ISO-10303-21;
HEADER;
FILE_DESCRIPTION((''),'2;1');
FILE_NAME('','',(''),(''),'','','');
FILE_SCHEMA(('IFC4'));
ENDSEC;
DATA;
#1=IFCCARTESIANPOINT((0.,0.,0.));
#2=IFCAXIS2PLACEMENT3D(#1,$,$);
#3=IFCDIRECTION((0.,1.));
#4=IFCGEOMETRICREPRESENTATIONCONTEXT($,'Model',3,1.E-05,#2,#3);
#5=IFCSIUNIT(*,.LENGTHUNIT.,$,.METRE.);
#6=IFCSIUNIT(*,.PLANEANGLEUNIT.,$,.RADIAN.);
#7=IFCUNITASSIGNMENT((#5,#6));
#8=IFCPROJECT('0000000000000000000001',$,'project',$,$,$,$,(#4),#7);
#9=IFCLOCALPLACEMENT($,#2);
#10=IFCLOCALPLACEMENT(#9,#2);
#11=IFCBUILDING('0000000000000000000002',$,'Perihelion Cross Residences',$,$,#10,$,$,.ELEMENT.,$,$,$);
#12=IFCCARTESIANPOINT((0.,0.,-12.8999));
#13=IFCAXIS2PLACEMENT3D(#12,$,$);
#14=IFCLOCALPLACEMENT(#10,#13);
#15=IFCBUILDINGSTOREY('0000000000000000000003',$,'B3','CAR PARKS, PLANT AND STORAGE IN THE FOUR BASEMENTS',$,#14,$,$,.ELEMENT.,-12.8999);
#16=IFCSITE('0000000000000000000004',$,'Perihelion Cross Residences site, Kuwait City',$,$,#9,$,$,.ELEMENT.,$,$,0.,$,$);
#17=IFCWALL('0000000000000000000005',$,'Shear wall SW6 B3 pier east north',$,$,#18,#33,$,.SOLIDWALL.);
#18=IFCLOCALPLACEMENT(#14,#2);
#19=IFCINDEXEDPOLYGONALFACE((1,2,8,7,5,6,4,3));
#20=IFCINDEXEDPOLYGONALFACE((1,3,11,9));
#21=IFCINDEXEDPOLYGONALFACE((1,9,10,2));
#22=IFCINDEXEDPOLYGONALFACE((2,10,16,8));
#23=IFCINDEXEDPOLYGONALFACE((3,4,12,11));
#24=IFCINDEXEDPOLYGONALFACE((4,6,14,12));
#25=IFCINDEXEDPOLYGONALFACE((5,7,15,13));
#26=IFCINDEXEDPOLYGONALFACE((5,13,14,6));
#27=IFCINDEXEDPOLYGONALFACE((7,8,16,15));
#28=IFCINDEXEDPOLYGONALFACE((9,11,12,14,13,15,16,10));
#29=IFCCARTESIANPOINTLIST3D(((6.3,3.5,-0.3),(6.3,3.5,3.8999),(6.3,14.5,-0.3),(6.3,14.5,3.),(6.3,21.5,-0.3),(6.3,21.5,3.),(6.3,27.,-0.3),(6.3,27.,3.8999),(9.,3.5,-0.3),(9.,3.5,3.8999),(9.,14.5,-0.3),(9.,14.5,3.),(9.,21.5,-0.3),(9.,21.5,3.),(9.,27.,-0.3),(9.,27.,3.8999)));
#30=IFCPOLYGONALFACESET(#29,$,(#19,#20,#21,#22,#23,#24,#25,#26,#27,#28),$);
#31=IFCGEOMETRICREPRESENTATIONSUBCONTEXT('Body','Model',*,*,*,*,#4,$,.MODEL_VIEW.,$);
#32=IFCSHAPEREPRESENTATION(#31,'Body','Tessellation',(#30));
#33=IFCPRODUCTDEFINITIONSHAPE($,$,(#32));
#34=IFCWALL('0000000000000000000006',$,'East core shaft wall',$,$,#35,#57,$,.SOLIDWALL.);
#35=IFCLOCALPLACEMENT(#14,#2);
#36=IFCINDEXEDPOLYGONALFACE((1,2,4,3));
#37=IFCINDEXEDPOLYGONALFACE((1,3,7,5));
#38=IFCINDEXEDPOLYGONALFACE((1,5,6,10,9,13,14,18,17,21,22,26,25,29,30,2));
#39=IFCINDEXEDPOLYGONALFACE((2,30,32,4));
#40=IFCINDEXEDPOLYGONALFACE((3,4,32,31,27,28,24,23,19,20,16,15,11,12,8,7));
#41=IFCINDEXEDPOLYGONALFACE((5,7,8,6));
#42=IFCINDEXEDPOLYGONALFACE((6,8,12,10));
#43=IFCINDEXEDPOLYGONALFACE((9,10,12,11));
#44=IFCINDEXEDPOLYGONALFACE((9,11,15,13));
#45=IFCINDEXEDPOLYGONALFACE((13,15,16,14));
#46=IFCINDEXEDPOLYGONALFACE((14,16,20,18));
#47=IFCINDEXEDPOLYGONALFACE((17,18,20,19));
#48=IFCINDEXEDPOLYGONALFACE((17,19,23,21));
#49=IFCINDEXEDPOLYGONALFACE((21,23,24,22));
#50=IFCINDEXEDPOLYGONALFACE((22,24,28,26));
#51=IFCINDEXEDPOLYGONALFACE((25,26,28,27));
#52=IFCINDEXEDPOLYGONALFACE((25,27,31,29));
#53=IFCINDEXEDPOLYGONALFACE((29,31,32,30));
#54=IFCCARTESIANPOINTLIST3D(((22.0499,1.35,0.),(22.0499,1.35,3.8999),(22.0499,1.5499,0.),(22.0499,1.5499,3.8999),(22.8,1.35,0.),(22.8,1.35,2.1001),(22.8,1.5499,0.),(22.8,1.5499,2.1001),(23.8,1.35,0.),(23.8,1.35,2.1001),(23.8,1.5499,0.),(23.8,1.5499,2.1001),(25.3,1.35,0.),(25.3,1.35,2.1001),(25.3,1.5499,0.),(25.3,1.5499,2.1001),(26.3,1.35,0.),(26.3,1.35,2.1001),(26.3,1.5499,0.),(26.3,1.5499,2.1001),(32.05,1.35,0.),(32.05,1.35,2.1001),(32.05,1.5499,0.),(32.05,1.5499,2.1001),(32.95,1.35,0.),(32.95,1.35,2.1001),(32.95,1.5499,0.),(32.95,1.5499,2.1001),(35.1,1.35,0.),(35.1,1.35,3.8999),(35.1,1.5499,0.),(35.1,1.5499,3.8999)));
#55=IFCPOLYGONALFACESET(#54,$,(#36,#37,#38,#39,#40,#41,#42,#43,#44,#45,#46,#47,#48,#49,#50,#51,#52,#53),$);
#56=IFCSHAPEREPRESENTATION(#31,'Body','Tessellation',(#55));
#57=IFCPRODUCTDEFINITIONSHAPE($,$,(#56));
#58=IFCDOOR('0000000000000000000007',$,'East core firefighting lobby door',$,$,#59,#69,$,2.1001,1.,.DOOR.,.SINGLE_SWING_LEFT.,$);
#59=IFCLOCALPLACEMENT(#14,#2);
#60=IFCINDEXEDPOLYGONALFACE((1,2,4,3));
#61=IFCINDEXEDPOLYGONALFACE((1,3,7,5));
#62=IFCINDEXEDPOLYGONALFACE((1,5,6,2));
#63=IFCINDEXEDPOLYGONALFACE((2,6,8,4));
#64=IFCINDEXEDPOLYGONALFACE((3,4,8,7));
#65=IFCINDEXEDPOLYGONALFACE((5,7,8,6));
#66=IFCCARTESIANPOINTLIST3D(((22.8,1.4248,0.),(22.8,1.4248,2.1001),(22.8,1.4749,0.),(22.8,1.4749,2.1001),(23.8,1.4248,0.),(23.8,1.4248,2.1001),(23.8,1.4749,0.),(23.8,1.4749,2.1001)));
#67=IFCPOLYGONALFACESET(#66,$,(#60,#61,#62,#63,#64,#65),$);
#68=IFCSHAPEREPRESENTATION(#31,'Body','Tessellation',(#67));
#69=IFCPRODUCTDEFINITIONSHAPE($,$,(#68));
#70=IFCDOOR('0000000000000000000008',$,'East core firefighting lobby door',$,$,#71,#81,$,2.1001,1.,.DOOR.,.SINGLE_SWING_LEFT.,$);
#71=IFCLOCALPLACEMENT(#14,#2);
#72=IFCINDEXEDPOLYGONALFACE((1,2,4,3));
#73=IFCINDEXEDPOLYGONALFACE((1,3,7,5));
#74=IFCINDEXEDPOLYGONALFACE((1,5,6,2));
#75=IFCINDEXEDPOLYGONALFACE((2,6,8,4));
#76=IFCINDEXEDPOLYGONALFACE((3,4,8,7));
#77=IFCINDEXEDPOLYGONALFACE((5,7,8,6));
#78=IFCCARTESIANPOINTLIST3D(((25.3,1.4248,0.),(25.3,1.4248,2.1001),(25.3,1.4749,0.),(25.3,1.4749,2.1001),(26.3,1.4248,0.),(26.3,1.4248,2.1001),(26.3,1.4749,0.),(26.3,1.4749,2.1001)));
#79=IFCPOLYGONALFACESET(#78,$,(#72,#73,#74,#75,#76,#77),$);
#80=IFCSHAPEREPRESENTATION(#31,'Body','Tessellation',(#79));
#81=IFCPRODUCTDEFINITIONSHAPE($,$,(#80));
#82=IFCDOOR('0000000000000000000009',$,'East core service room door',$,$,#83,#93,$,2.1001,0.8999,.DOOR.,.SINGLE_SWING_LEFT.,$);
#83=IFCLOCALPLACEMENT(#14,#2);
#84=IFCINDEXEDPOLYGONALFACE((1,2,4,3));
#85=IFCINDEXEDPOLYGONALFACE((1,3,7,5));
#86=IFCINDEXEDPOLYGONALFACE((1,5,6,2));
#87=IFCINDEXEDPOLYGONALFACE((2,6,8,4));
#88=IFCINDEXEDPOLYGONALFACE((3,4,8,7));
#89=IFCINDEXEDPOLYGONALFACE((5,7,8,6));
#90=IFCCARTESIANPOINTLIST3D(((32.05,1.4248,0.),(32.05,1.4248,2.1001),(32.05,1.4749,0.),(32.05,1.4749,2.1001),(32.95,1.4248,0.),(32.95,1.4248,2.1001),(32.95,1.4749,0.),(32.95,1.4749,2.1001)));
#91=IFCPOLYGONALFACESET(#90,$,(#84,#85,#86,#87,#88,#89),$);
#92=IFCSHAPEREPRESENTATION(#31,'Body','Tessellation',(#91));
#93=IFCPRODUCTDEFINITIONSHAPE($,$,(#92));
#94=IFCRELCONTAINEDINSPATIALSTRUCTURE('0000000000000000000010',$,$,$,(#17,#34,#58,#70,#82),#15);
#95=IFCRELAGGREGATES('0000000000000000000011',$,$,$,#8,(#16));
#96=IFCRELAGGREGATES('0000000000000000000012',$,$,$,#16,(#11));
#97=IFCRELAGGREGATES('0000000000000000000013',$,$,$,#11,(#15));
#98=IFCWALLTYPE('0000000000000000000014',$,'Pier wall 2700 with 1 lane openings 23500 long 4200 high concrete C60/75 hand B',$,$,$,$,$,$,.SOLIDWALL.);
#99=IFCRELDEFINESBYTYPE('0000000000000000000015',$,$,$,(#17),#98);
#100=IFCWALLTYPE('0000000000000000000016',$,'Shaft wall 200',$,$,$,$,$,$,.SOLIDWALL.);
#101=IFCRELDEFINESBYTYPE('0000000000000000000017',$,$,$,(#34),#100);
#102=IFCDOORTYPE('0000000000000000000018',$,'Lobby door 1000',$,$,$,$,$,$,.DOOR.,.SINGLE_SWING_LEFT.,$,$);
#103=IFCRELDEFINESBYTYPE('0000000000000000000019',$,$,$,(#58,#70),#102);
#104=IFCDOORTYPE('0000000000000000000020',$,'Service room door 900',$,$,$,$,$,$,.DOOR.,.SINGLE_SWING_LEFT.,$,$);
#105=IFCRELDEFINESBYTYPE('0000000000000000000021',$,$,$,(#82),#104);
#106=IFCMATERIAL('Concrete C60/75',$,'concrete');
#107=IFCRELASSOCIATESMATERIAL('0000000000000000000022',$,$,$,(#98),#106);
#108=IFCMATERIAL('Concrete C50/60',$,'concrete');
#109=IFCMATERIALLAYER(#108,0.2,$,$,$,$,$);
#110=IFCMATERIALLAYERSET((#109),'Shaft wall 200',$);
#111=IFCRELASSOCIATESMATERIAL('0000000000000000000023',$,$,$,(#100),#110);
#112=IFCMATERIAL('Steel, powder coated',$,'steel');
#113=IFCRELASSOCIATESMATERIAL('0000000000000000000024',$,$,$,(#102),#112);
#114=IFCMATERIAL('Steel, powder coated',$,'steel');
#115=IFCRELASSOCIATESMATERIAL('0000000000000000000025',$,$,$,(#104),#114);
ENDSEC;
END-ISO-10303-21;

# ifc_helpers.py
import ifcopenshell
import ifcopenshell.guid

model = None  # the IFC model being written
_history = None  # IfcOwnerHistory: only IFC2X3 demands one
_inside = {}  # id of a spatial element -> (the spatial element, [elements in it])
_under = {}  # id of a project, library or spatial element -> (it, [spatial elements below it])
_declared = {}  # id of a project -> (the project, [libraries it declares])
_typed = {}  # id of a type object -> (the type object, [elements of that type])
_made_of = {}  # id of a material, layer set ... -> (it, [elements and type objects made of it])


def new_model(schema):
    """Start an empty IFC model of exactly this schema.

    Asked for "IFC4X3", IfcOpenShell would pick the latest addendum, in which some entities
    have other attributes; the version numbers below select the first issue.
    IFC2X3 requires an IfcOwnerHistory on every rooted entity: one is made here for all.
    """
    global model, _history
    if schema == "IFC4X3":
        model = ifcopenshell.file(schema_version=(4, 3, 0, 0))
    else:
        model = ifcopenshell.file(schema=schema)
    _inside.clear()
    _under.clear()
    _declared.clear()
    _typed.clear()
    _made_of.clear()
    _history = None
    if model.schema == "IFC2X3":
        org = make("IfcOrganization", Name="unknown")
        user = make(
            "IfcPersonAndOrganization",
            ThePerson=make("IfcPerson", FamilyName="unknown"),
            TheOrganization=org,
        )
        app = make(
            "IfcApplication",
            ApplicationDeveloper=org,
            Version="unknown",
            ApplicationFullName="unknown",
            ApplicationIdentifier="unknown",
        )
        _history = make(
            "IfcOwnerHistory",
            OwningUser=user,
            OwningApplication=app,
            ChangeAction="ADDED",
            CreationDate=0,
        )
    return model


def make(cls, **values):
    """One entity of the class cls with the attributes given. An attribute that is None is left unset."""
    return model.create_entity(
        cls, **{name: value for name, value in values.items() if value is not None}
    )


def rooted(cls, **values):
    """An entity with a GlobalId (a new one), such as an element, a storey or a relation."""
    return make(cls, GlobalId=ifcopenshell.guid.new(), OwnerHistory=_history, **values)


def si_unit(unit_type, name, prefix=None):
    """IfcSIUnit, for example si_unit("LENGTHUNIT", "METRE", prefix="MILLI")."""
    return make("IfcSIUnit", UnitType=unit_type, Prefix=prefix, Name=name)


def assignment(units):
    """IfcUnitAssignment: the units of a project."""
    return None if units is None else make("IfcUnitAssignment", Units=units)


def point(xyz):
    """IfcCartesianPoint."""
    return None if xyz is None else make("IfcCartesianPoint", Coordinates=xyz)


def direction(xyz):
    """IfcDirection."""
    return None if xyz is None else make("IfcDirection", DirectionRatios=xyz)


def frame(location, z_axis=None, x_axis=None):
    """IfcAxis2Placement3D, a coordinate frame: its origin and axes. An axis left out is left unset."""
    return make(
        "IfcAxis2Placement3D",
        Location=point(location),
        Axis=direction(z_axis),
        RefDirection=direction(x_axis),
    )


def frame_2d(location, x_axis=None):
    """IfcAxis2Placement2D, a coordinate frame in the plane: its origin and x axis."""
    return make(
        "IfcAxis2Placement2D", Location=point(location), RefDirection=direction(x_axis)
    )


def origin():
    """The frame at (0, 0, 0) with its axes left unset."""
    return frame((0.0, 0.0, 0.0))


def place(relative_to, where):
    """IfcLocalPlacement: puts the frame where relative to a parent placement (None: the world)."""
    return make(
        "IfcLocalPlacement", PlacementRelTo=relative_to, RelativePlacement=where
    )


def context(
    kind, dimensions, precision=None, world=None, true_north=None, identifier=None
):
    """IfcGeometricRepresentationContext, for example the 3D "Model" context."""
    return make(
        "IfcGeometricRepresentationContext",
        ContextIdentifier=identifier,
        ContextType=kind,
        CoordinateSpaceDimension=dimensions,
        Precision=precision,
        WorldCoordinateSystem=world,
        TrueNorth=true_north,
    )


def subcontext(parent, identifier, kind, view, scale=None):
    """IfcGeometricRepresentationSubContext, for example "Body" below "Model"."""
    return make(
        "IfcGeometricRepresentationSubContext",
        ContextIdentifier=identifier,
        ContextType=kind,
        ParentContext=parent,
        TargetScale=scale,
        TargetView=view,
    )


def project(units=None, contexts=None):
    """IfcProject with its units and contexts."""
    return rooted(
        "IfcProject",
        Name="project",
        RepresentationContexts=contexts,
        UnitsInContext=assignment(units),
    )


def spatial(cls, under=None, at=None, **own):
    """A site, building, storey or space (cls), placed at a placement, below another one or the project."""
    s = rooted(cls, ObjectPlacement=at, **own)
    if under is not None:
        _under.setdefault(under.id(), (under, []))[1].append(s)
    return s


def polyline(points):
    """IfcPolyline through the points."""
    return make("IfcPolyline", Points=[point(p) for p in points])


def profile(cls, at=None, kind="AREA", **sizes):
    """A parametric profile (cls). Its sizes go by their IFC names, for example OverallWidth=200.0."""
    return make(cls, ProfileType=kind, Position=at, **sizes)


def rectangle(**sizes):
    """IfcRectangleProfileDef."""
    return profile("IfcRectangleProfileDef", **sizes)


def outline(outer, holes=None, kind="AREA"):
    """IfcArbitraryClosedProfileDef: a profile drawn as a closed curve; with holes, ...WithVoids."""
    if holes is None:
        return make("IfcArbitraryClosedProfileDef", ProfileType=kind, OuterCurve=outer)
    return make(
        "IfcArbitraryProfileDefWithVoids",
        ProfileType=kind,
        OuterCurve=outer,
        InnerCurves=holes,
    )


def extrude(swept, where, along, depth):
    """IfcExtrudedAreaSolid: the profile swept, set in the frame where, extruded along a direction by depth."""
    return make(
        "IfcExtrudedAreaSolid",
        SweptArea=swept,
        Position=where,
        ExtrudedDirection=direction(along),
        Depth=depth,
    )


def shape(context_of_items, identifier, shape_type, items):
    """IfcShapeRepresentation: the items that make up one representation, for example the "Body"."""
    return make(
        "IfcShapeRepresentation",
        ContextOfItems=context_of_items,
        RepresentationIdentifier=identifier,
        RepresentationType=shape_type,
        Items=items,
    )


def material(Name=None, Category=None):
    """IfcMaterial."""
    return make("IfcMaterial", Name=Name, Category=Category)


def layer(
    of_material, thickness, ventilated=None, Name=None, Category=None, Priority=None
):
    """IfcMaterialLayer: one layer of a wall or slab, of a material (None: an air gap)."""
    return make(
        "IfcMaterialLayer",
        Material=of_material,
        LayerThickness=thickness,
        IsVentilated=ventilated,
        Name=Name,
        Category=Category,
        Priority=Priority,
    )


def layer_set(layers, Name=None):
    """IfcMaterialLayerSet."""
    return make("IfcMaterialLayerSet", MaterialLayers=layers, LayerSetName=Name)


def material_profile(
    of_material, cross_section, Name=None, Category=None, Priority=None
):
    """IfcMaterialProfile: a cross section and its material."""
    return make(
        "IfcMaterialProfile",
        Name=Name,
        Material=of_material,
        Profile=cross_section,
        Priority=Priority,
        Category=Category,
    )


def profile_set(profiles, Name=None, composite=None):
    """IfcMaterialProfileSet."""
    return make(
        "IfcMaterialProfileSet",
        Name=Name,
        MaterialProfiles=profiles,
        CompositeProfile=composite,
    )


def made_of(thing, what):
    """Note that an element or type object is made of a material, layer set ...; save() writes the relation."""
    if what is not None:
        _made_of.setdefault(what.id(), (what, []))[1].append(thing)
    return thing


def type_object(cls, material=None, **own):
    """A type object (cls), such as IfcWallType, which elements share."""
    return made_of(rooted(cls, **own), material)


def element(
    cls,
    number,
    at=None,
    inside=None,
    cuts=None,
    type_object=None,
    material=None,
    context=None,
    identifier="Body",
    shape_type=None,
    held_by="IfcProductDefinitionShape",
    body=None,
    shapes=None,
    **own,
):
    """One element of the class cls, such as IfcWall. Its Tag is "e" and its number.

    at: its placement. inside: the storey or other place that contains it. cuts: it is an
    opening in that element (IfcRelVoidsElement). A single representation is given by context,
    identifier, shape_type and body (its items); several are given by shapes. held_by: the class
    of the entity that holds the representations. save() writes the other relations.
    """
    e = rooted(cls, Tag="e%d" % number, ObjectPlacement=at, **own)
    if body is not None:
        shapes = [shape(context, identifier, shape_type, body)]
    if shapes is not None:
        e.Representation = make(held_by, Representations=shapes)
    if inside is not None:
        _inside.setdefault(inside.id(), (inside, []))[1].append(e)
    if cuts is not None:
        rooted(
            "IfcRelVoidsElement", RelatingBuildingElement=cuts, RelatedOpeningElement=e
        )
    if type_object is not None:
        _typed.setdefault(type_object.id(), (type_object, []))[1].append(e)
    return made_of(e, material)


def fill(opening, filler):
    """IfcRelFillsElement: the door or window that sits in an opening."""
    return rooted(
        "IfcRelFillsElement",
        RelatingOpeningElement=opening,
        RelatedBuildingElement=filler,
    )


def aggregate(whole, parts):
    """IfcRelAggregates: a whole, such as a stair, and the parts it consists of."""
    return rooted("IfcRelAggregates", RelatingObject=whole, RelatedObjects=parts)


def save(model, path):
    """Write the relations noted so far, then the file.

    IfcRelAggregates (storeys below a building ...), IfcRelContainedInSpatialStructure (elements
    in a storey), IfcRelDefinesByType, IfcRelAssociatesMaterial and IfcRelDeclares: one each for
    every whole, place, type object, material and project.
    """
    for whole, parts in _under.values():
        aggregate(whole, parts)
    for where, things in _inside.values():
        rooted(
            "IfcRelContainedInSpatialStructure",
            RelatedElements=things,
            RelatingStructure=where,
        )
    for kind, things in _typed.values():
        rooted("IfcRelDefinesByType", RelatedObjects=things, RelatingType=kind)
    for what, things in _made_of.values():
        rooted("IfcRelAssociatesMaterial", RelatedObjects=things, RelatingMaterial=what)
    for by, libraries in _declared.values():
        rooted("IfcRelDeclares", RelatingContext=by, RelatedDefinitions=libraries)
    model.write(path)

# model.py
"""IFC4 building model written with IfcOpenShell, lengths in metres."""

from ifc_helpers import new_model, si_unit, direction, frame, frame_2d, origin, place, context, subcontext, project, spatial, polyline, rectangle, outline, extrude, material, layer, layer_set, material_profile, profile_set, type_object, element, fill, save


model = new_model("IFC4")

# Units and contexts
model_context = context("Model", 3, precision=1e-05, world=origin(), true_north=direction((0.0, 1.0)))
body_context = subcontext(model_context, "Body", "Model", "MODEL_VIEW")
ifc_project = project(units=[si_unit("LENGTHUNIT", "METRE"), si_unit("PLANEANGLEUNIT", "RADIAN")], contexts=[model_context])

# Site, building, storey
site_placement = place(None, origin())
site = spatial("IfcSite", under=ifc_project, at=site_placement, Name="Perihelion Cross Residences site, Kuwait City", CompositionType="ELEMENT", RefElevation=0.0)
building_placement = place(site_placement, origin())
building = spatial("IfcBuilding", under=site, at=building_placement, Name="Perihelion Cross Residences", CompositionType="ELEMENT")
storey_placement = place(building_placement, frame((0.0, 0.0, -12.8999)))
storey = spatial("IfcBuildingStorey", under=building, at=storey_placement, Name="B3", Description="CAR PARKS, PLANT AND STORAGE IN THE FOUR BASEMENTS", CompositionType="ELEMENT", Elevation=-12.8999)

# Wall
ifc_material_1 = material(Name="Concrete C60/75", Category="concrete")
ifc_material_profile_1 = material_profile(ifc_material_1, outline(polyline([(0.0, 0.0), (11.0, 0.0), (11.0, 3.3), (18.0, 3.3), (18.0, 0.0), (23.5, 0.0), (23.5, 4.2), (0.0, 4.2), (0.0, 0.0)])), Name="Pier wall")
ifc_profile_set_1 = profile_set([ifc_material_profile_1], Name="Concrete C60/75")
wall_type_1 = type_object("IfcWallType", Name="Pier wall 2700 with 1 lane openings 23500 long 4200 high concrete C60/75 hand B", PredefinedType="SOLIDWALL", material=ifc_profile_set_1)
wall_1_placement = place(storey_placement, frame((6.3, 3.5, -0.3), z_axis=(1.0, 0.0, 0.0), x_axis=(0.0, 1.0, 0.0)))
element("IfcWall", 1, at=wall_1_placement, inside=storey, type_object=wall_type_1, Name="Shear wall SW6 B3 pier east north", PredefinedType="SOLIDWALL", context=body_context, shape_type="SweptSolid", body=[
    extrude(outline(polyline([(0.0, 0.0), (11.0, 0.0), (11.0, 3.3), (18.0, 3.3), (18.0, 0.0), (23.5, 0.0), (23.5, 4.2), (0.0, 4.2), (0.0, 0.0)])), origin(), (0.0, 0.0, 1.0), 2.7),
])

# Wall, openings, doors
ifc_material_2 = material(Name="Concrete C50/60", Category="concrete")
ifc_layer_1 = layer(ifc_material_2, 0.2)
ifc_layer_set_1 = layer_set([ifc_layer_1], Name="Shaft wall 200")
wall_type_2 = type_object("IfcWallType", Name="Shaft wall 200", PredefinedType="SOLIDWALL", material=ifc_layer_set_1)
wall_2_placement = place(storey_placement, frame((22.05, 1.45, 0.0), z_axis=(0.0, 0.0, 1.0), x_axis=(1.0, 0.0, 0.0)))
wall_2 = element("IfcWall", 2, at=wall_2_placement, inside=storey, type_object=wall_type_2, Name="East core shaft wall", PredefinedType="SOLIDWALL", context=body_context, shape_type="SweptSolid", body=[
    extrude(rectangle(XDim=13.05, YDim=0.2, at=frame_2d((6.5249, 0.0))), origin(), (0.0, 0.0, 1.0), 3.8999),
])
opening_1_placement = place(wall_2_placement, frame((0.75, 0.0, 0.0)))
opening_1 = element("IfcOpeningElement", 3, at=opening_1_placement, cuts=wall_2, PredefinedType="OPENING", context=body_context, shape_type="SweptSolid", body=[
    extrude(rectangle(XDim=1.0, YDim=2.1001, at=frame_2d((0.5, 1.05))), frame((0.0, 0.1099, 0.0), z_axis=(0.0, -1.0, 0.0), x_axis=(1.0, 0.0, 0.0)), (0.0, 0.0, 1.0), 0.22),
])
opening_2_placement = place(wall_2_placement, frame((3.25, 0.0, 0.0)))
opening_2 = element("IfcOpeningElement", 4, at=opening_2_placement, cuts=wall_2, PredefinedType="OPENING", context=body_context, shape_type="SweptSolid", body=[
    extrude(rectangle(XDim=1.0, YDim=2.1001, at=frame_2d((0.5, 1.05))), frame((0.0, 0.1099, 0.0), z_axis=(0.0, -1.0, 0.0), x_axis=(1.0, 0.0, 0.0)), (0.0, 0.0, 1.0), 0.22),
])
opening_3_placement = place(wall_2_placement, frame((10.0, 0.0, 0.0)))
opening_3 = element("IfcOpeningElement", 5, at=opening_3_placement, cuts=wall_2, PredefinedType="OPENING", context=body_context, shape_type="SweptSolid", body=[
    extrude(rectangle(XDim=0.8999, YDim=2.1001, at=frame_2d((0.45, 1.05))), frame((0.0, 0.1099, 0.0), z_axis=(0.0, -1.0, 0.0), x_axis=(1.0, 0.0, 0.0)), (0.0, 0.0, 1.0), 0.22),
])
ifc_material_3 = material(Name="Steel, powder coated", Category="steel")
door_type_1 = type_object("IfcDoorType", Name="Lobby door 1000", OperationType="SINGLE_SWING_LEFT", PredefinedType="DOOR", material=ifc_material_3)
door_1_placement = place(opening_1_placement, origin())
door_1 = element("IfcDoor", 6, at=door_1_placement, inside=storey, type_object=door_type_1, Name="East core firefighting lobby door", OperationType="SINGLE_SWING_LEFT", OverallHeight=2.1001, OverallWidth=1.0, PredefinedType="DOOR", context=body_context, shape_type="SweptSolid", body=[
    extrude(rectangle(XDim=1.0, YDim=2.1001, at=frame_2d((0.5, 1.05))), frame((0.0, 0.0249, 0.0), z_axis=(0.0, -1.0, 0.0), x_axis=(1.0, 0.0, 0.0)), (0.0, 0.0, 1.0), 0.05),
])
fill(opening_1, door_1)
door_2_placement = place(opening_2_placement, origin())
door_2 = element("IfcDoor", 7, at=door_2_placement, inside=storey, type_object=door_type_1, Name="East core firefighting lobby door", OperationType="SINGLE_SWING_LEFT", OverallHeight=2.1001, OverallWidth=1.0, PredefinedType="DOOR", context=body_context, shape_type="SweptSolid", body=[
    extrude(rectangle(XDim=1.0, YDim=2.1001, at=frame_2d((0.5, 1.05))), frame((0.0, 0.0249, 0.0), z_axis=(0.0, -1.0, 0.0), x_axis=(1.0, 0.0, 0.0)), (0.0, 0.0, 1.0), 0.05),
])
fill(opening_2, door_2)
ifc_material_4 = material(Name="Steel, powder coated", Category="steel")
door_type_2 = type_object("IfcDoorType", Name="Service room door 900", OperationType="SINGLE_SWING_LEFT", PredefinedType="DOOR", material=ifc_material_4)
door_3_placement = place(opening_3_placement, origin())
door_3 = element("IfcDoor", 8, at=door_3_placement, inside=storey, type_object=door_type_2, Name="East core service room door", OperationType="SINGLE_SWING_LEFT", OverallHeight=2.1001, OverallWidth=0.8999, PredefinedType="DOOR", context=body_context, shape_type="SweptSolid", body=[
    extrude(rectangle(XDim=0.8999, YDim=2.1001, at=frame_2d((0.45, 1.05))), frame((0.0, 0.0249, 0.0), z_axis=(0.0, -1.0, 0.0), x_axis=(1.0, 0.0, 0.0)), (0.0, 0.0, 1.0), 0.05),
])
fill(opening_3, door_3)

save(model, "model.ifc")
